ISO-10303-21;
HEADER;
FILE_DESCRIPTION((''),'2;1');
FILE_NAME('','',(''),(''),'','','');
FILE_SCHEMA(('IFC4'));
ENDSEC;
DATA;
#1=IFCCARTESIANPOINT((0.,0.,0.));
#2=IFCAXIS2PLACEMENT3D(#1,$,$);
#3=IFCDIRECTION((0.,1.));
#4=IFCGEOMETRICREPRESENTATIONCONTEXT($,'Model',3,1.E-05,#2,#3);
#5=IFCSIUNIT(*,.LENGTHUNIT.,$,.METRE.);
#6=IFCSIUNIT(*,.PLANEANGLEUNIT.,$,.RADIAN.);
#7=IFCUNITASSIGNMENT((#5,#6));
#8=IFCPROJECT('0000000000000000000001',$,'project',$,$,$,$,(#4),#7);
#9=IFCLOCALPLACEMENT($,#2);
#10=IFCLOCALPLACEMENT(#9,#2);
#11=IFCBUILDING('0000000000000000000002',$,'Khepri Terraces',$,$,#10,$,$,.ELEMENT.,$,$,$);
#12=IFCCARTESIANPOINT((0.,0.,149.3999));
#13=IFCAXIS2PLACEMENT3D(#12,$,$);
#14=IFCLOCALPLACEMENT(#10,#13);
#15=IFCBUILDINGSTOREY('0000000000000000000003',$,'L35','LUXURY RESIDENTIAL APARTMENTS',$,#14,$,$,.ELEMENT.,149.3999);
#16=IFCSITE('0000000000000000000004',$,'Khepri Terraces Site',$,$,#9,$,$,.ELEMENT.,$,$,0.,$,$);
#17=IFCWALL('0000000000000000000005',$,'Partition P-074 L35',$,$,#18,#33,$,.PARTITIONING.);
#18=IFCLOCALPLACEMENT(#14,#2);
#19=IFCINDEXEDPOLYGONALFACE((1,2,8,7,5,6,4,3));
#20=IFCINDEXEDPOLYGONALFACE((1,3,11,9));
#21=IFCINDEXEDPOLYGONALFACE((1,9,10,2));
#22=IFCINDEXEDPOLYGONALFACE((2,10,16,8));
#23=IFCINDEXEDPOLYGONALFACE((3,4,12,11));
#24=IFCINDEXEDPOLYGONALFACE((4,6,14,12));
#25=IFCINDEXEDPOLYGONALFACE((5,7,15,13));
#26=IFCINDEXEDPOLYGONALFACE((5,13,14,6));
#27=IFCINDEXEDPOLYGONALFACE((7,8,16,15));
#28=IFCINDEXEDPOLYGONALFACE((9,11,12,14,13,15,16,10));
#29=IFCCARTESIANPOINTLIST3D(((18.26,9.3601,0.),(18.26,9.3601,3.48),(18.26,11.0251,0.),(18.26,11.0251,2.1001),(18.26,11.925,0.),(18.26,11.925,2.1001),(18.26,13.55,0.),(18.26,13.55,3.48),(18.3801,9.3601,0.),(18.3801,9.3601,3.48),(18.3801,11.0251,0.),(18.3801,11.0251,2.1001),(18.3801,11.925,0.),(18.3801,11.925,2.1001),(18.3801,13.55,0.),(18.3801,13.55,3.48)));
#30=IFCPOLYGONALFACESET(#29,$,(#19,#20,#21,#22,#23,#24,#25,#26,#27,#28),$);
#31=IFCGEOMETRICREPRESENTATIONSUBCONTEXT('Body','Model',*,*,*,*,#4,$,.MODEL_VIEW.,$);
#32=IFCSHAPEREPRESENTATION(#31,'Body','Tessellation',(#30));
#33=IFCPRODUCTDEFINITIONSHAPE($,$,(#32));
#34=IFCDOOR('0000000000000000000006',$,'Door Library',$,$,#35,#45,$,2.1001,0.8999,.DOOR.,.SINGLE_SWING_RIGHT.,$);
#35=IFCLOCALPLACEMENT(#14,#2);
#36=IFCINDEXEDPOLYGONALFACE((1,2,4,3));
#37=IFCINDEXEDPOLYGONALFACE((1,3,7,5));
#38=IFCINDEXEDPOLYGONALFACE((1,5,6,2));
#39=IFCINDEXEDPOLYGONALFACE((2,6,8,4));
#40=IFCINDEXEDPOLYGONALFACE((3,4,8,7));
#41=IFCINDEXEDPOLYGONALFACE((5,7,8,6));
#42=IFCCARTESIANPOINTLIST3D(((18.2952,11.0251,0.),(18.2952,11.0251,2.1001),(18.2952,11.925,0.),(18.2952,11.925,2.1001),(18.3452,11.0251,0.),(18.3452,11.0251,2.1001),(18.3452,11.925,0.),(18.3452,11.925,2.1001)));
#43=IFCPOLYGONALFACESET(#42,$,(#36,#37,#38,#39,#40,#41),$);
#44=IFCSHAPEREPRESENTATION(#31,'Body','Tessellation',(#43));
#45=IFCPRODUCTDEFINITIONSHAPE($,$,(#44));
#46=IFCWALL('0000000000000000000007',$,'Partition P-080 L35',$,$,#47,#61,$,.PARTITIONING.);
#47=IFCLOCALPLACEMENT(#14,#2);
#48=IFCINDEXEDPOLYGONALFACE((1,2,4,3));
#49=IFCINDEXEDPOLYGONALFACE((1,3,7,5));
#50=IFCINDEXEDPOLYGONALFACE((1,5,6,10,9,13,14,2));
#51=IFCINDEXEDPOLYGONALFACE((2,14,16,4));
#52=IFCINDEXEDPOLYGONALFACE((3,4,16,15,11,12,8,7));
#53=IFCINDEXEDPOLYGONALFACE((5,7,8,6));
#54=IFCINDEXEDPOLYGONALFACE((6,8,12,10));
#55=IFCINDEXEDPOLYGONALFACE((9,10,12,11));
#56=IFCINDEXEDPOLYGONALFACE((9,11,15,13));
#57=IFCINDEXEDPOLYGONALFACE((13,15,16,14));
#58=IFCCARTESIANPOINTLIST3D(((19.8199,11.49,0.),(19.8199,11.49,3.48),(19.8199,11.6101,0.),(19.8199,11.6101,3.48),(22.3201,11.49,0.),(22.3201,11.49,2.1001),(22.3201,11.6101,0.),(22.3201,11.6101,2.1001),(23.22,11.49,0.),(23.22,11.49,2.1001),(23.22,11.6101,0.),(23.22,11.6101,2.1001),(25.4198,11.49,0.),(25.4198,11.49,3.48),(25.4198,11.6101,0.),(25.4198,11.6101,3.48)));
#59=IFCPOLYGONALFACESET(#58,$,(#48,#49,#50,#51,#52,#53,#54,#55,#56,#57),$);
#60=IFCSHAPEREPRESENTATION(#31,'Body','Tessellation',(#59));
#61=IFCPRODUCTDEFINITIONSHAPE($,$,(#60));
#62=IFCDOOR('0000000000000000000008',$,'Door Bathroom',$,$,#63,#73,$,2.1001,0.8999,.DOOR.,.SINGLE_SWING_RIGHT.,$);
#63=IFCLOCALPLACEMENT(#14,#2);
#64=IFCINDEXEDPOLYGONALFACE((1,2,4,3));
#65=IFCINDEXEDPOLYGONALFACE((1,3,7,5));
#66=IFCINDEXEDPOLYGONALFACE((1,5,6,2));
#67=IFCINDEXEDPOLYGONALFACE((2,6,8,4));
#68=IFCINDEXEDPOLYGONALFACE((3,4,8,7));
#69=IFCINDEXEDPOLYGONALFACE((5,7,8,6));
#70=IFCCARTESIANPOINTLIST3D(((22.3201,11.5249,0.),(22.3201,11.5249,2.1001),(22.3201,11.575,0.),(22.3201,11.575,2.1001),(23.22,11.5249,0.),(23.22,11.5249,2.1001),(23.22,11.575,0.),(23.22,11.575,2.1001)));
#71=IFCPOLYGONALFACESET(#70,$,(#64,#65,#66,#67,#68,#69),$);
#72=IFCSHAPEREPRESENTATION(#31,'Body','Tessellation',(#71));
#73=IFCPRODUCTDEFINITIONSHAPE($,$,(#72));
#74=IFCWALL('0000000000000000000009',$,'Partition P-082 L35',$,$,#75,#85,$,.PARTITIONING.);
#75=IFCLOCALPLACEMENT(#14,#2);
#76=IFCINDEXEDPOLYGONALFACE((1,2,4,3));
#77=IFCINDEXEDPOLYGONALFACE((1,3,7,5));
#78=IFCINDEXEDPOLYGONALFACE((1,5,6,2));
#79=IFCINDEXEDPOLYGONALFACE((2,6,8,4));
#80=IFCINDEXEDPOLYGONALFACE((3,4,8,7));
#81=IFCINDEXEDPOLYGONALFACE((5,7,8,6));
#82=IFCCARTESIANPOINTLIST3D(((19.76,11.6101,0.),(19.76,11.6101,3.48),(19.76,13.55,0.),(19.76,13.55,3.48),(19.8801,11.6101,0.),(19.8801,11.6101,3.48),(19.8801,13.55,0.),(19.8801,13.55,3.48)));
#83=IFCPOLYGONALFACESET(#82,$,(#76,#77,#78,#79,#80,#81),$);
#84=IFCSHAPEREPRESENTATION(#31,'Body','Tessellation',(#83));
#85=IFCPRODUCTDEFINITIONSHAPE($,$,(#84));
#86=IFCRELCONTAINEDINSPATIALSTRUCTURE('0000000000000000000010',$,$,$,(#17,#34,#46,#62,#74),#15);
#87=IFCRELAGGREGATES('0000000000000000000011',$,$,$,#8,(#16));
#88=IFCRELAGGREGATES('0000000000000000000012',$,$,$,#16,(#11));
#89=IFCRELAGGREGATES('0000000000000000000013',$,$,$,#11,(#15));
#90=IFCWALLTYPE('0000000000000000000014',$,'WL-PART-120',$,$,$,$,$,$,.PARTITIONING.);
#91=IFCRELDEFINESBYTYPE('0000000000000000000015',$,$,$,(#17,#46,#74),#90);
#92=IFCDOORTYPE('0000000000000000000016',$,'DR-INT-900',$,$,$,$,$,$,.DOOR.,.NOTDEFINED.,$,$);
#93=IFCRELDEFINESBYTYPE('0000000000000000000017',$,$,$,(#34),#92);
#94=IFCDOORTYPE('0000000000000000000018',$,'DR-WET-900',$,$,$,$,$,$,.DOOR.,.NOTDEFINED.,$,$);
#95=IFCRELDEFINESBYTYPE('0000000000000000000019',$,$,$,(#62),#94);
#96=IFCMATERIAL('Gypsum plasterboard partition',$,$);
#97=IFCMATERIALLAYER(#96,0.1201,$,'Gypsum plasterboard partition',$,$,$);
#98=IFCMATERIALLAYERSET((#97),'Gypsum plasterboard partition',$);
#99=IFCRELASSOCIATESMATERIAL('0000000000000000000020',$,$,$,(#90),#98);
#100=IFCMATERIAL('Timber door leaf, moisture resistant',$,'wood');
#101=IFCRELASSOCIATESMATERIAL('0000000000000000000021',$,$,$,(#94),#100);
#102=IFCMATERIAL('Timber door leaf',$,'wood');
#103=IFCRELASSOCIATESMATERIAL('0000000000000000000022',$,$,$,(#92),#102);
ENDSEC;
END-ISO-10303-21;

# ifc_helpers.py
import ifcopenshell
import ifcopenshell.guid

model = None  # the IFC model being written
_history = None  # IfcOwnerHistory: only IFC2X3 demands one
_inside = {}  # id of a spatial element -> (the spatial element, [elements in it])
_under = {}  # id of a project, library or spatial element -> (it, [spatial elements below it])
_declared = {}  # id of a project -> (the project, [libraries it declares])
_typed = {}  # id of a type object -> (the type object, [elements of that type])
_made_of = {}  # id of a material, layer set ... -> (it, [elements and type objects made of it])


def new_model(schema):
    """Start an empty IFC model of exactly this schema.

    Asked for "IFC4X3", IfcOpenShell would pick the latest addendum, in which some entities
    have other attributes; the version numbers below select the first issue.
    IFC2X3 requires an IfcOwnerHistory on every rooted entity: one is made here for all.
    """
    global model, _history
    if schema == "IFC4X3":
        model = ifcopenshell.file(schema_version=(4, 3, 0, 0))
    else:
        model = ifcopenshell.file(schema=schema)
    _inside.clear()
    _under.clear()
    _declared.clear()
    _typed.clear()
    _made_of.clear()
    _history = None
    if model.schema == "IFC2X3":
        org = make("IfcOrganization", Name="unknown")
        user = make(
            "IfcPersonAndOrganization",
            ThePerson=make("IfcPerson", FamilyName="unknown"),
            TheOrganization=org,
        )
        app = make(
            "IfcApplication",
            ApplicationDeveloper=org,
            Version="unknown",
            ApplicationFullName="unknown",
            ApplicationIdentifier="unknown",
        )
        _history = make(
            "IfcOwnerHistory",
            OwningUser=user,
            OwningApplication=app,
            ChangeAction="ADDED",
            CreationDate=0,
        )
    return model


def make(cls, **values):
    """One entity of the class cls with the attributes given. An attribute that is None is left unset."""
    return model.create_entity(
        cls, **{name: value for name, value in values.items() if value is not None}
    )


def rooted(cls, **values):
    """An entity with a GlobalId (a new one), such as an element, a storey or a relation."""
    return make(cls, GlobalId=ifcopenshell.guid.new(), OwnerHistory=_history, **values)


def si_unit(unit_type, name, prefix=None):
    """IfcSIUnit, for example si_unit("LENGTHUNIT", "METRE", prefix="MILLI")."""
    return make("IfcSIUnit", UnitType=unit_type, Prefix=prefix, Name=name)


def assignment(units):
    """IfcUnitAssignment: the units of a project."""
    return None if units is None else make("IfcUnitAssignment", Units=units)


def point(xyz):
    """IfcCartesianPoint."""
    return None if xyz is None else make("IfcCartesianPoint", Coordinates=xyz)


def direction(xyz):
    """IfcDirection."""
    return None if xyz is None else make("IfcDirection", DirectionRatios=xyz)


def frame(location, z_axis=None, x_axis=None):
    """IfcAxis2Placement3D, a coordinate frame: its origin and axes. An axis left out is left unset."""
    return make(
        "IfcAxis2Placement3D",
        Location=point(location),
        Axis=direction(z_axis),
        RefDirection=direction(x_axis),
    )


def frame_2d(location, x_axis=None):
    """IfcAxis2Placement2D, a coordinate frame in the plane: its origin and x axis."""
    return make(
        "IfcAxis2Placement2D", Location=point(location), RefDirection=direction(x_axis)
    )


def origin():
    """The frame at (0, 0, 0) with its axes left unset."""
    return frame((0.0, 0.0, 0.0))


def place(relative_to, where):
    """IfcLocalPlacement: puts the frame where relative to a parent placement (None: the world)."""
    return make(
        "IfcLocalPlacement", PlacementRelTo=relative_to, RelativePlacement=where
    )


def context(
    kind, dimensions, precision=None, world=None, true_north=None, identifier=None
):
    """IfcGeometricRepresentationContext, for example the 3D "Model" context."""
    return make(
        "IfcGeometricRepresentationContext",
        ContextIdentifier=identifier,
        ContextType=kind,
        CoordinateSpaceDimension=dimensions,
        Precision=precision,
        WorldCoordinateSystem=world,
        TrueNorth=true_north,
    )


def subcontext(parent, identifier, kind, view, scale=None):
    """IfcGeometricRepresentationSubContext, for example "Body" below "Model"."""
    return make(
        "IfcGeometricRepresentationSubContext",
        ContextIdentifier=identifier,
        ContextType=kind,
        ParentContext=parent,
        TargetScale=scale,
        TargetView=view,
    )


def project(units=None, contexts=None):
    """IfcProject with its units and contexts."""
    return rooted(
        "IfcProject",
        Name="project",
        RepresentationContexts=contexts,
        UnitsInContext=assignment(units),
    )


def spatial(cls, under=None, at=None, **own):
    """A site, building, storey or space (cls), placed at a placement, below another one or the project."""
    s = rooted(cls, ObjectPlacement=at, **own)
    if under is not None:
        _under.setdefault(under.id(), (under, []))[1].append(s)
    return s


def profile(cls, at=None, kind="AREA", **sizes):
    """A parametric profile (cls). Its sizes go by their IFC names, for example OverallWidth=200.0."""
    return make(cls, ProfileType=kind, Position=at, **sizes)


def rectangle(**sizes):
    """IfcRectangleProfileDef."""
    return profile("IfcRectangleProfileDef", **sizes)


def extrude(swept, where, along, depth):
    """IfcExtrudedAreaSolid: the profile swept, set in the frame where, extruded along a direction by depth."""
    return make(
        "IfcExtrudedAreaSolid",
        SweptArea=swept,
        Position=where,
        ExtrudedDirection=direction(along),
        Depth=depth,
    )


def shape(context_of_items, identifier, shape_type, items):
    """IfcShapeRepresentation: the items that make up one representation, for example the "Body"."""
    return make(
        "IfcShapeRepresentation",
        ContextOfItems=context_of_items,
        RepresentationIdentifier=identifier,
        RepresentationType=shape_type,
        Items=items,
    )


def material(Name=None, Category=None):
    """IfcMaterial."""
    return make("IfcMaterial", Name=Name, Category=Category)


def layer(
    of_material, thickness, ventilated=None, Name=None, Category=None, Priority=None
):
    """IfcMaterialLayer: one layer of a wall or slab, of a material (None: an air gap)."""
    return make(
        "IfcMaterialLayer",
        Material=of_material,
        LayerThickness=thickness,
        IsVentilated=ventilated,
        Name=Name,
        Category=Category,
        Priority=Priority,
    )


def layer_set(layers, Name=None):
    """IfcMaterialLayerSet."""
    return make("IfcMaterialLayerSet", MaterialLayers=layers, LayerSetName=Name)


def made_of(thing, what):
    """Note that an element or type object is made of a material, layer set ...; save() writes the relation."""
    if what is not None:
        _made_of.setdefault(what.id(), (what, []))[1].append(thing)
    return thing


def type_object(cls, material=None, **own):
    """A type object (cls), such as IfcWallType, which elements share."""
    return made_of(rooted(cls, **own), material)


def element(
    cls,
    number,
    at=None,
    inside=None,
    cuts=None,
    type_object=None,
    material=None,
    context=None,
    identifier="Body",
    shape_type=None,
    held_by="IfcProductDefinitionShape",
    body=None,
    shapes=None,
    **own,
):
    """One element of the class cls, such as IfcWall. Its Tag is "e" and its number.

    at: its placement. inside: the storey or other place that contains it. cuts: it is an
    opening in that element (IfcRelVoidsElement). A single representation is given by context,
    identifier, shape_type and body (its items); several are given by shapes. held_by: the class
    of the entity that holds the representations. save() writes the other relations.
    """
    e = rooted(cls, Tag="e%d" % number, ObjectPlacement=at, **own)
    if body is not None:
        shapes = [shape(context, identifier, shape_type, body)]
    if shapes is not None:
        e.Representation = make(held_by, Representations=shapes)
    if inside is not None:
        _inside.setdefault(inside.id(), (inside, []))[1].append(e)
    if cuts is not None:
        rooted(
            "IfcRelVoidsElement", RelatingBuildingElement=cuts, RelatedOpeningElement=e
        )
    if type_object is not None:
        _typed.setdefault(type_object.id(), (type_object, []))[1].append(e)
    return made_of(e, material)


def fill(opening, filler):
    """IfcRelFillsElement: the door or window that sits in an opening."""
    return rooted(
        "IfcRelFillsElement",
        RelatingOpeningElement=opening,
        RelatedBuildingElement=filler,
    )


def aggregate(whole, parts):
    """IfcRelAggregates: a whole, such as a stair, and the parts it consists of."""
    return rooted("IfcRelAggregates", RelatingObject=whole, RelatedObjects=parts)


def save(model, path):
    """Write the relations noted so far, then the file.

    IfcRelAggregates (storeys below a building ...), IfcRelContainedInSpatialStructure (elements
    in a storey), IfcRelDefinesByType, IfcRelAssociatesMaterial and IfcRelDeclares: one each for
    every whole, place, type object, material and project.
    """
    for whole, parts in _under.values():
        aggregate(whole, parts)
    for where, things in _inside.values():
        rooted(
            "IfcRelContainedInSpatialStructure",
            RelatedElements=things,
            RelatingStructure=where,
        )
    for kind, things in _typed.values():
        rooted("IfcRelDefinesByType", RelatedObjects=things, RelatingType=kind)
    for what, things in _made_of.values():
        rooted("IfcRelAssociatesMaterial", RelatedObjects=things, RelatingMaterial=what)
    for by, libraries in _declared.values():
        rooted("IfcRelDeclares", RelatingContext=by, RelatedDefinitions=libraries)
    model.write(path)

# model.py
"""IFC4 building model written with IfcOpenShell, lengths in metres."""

from ifc_helpers import new_model, si_unit, direction, frame, frame_2d, origin, place, context, subcontext, project, spatial, rectangle, extrude, material, layer, layer_set, type_object, element, fill, save


model = new_model("IFC4")

# Units and contexts
model_context = context("Model", 3, precision=1e-05, world=origin(), true_north=direction((0.0, 1.0)))
body_context = subcontext(model_context, "Body", "Model", "MODEL_VIEW")
ifc_project = project(units=[si_unit("LENGTHUNIT", "METRE"), si_unit("PLANEANGLEUNIT", "RADIAN")], contexts=[model_context])

# Site, building, storey
site_placement = place(None, origin())
site = spatial("IfcSite", under=ifc_project, at=site_placement, Name="Khepri Terraces Site", CompositionType="ELEMENT", RefElevation=0.0)
building_placement = place(site_placement, origin())
building = spatial("IfcBuilding", under=site, at=building_placement, Name="Khepri Terraces", CompositionType="ELEMENT")
storey_placement = place(building_placement, frame((0.0, 0.0, 149.3999)))
storey = spatial("IfcBuildingStorey", under=building, at=storey_placement, Name="L35", Description="LUXURY RESIDENTIAL APARTMENTS", CompositionType="ELEMENT", Elevation=149.3999)

# Walls, openings, doors
ifc_material_1 = material(Name="Gypsum plasterboard partition")
ifc_layer_1 = layer(ifc_material_1, 0.1201, Name="Gypsum plasterboard partition")
ifc_layer_set_1 = layer_set([ifc_layer_1], Name="Gypsum plasterboard partition")
wall_type_1 = type_object("IfcWallType", Name="WL-PART-120", PredefinedType="PARTITIONING", material=ifc_layer_set_1)
ifc_material_2 = material(Name="Timber door leaf, moisture resistant", Category="wood")
door_type_1 = type_object("IfcDoorType", Name="DR-WET-900", OperationType="NOTDEFINED", PredefinedType="DOOR", material=ifc_material_2)
wall_1_placement = place(storey_placement, frame((18.3201, 9.3601, 0.0), z_axis=(0.0, 0.0, 1.0), x_axis=(0.0, 1.0, 0.0)))
wall_1 = element("IfcWall", 1, at=wall_1_placement, inside=storey, type_object=wall_type_1, Name="Partition P-074 L35", PredefinedType="PARTITIONING", context=body_context, shape_type="SweptSolid", body=[
    extrude(rectangle(XDim=4.1899, YDim=0.1201, at=frame_2d((2.095, 0.0))), origin(), (0.0, 0.0, 1.0), 3.48),
])
opening_1_placement = place(wall_1_placement, frame((1.665, 0.0, 0.0)))
opening_1 = element("IfcOpeningElement", 2, at=opening_1_placement, cuts=wall_1, PredefinedType="OPENING", context=body_context, shape_type="SweptSolid", body=[
    extrude(rectangle(XDim=0.8999, YDim=2.1001, at=frame_2d((0.45, 1.05))), frame((0.0, 0.0701, 0.0), z_axis=(0.0, -1.0, 0.0), x_axis=(1.0, 0.0, 0.0)), (0.0, 0.0, 1.0), 0.1401),
])
ifc_material_3 = material(Name="Timber door leaf", Category="wood")
door_type_2 = type_object("IfcDoorType", Name="DR-INT-900", OperationType="NOTDEFINED", PredefinedType="DOOR", material=ifc_material_3)
door_1_placement = place(opening_1_placement, origin())
door_1 = element("IfcDoor", 3, at=door_1_placement, inside=storey, type_object=door_type_2, Name="Door Library", OperationType="SINGLE_SWING_RIGHT", OverallHeight=2.1001, OverallWidth=0.8999, PredefinedType="DOOR", context=body_context, shape_type="SweptSolid", body=[
    extrude(rectangle(XDim=0.8999, YDim=2.1001, at=frame_2d((0.45, 1.05))), frame((0.0, 0.0249, 0.0), z_axis=(0.0, -1.0, 0.0), x_axis=(1.0, 0.0, 0.0)), (0.0, 0.0, 1.0), 0.05),
])
fill(opening_1, door_1)
wall_2_placement = place(storey_placement, frame((19.8201, 11.55, 0.0), z_axis=(0.0, 0.0, 1.0), x_axis=(1.0, 0.0, 0.0)))
wall_2 = element("IfcWall", 4, at=wall_2_placement, inside=storey, type_object=wall_type_1, Name="Partition P-080 L35", PredefinedType="PARTITIONING", context=body_context, shape_type="SweptSolid", body=[
    extrude(rectangle(XDim=5.5999, YDim=0.1201, at=frame_2d((2.7998, 0.0))), origin(), (0.0, 0.0, 1.0), 3.48),
])
opening_2_placement = place(wall_2_placement, frame((2.5, 0.0, 0.0)))
opening_2 = element("IfcOpeningElement", 5, at=opening_2_placement, cuts=wall_2, PredefinedType="OPENING", context=body_context, shape_type="SweptSolid", body=[
    extrude(rectangle(XDim=0.8999, YDim=2.1001, at=frame_2d((0.45, 1.05))), frame((0.0, 0.0701, 0.0), z_axis=(0.0, -1.0, 0.0), x_axis=(1.0, 0.0, 0.0)), (0.0, 0.0, 1.0), 0.1401),
])
door_2_placement = place(opening_2_placement, origin())
door_2 = element("IfcDoor", 6, at=door_2_placement, inside=storey, type_object=door_type_1, Name="Door Bathroom", OperationType="SINGLE_SWING_RIGHT", OverallHeight=2.1001, OverallWidth=0.8999, PredefinedType="DOOR", context=body_context, shape_type="SweptSolid", body=[
    extrude(rectangle(XDim=0.8999, YDim=2.1001, at=frame_2d((0.45, 1.05))), frame((0.0, 0.0249, 0.0), z_axis=(0.0, -1.0, 0.0), x_axis=(1.0, 0.0, 0.0)), (0.0, 0.0, 1.0), 0.05),
])
fill(opening_2, door_2)

# Wall
wall_3_placement = place(storey_placement, frame((19.8201, 11.6101, 0.0), z_axis=(0.0, 0.0, 1.0), x_axis=(0.0, 1.0, 0.0)))
element("IfcWall", 7, at=wall_3_placement, inside=storey, type_object=wall_type_1, Name="Partition P-082 L35", PredefinedType="PARTITIONING", context=body_context, shape_type="SweptSolid", body=[
    extrude(rectangle(XDim=1.9399, YDim=0.1201, at=frame_2d((0.97, 0.0))), origin(), (0.0, 0.0, 1.0), 3.48),
])

save(model, "model.ifc")
